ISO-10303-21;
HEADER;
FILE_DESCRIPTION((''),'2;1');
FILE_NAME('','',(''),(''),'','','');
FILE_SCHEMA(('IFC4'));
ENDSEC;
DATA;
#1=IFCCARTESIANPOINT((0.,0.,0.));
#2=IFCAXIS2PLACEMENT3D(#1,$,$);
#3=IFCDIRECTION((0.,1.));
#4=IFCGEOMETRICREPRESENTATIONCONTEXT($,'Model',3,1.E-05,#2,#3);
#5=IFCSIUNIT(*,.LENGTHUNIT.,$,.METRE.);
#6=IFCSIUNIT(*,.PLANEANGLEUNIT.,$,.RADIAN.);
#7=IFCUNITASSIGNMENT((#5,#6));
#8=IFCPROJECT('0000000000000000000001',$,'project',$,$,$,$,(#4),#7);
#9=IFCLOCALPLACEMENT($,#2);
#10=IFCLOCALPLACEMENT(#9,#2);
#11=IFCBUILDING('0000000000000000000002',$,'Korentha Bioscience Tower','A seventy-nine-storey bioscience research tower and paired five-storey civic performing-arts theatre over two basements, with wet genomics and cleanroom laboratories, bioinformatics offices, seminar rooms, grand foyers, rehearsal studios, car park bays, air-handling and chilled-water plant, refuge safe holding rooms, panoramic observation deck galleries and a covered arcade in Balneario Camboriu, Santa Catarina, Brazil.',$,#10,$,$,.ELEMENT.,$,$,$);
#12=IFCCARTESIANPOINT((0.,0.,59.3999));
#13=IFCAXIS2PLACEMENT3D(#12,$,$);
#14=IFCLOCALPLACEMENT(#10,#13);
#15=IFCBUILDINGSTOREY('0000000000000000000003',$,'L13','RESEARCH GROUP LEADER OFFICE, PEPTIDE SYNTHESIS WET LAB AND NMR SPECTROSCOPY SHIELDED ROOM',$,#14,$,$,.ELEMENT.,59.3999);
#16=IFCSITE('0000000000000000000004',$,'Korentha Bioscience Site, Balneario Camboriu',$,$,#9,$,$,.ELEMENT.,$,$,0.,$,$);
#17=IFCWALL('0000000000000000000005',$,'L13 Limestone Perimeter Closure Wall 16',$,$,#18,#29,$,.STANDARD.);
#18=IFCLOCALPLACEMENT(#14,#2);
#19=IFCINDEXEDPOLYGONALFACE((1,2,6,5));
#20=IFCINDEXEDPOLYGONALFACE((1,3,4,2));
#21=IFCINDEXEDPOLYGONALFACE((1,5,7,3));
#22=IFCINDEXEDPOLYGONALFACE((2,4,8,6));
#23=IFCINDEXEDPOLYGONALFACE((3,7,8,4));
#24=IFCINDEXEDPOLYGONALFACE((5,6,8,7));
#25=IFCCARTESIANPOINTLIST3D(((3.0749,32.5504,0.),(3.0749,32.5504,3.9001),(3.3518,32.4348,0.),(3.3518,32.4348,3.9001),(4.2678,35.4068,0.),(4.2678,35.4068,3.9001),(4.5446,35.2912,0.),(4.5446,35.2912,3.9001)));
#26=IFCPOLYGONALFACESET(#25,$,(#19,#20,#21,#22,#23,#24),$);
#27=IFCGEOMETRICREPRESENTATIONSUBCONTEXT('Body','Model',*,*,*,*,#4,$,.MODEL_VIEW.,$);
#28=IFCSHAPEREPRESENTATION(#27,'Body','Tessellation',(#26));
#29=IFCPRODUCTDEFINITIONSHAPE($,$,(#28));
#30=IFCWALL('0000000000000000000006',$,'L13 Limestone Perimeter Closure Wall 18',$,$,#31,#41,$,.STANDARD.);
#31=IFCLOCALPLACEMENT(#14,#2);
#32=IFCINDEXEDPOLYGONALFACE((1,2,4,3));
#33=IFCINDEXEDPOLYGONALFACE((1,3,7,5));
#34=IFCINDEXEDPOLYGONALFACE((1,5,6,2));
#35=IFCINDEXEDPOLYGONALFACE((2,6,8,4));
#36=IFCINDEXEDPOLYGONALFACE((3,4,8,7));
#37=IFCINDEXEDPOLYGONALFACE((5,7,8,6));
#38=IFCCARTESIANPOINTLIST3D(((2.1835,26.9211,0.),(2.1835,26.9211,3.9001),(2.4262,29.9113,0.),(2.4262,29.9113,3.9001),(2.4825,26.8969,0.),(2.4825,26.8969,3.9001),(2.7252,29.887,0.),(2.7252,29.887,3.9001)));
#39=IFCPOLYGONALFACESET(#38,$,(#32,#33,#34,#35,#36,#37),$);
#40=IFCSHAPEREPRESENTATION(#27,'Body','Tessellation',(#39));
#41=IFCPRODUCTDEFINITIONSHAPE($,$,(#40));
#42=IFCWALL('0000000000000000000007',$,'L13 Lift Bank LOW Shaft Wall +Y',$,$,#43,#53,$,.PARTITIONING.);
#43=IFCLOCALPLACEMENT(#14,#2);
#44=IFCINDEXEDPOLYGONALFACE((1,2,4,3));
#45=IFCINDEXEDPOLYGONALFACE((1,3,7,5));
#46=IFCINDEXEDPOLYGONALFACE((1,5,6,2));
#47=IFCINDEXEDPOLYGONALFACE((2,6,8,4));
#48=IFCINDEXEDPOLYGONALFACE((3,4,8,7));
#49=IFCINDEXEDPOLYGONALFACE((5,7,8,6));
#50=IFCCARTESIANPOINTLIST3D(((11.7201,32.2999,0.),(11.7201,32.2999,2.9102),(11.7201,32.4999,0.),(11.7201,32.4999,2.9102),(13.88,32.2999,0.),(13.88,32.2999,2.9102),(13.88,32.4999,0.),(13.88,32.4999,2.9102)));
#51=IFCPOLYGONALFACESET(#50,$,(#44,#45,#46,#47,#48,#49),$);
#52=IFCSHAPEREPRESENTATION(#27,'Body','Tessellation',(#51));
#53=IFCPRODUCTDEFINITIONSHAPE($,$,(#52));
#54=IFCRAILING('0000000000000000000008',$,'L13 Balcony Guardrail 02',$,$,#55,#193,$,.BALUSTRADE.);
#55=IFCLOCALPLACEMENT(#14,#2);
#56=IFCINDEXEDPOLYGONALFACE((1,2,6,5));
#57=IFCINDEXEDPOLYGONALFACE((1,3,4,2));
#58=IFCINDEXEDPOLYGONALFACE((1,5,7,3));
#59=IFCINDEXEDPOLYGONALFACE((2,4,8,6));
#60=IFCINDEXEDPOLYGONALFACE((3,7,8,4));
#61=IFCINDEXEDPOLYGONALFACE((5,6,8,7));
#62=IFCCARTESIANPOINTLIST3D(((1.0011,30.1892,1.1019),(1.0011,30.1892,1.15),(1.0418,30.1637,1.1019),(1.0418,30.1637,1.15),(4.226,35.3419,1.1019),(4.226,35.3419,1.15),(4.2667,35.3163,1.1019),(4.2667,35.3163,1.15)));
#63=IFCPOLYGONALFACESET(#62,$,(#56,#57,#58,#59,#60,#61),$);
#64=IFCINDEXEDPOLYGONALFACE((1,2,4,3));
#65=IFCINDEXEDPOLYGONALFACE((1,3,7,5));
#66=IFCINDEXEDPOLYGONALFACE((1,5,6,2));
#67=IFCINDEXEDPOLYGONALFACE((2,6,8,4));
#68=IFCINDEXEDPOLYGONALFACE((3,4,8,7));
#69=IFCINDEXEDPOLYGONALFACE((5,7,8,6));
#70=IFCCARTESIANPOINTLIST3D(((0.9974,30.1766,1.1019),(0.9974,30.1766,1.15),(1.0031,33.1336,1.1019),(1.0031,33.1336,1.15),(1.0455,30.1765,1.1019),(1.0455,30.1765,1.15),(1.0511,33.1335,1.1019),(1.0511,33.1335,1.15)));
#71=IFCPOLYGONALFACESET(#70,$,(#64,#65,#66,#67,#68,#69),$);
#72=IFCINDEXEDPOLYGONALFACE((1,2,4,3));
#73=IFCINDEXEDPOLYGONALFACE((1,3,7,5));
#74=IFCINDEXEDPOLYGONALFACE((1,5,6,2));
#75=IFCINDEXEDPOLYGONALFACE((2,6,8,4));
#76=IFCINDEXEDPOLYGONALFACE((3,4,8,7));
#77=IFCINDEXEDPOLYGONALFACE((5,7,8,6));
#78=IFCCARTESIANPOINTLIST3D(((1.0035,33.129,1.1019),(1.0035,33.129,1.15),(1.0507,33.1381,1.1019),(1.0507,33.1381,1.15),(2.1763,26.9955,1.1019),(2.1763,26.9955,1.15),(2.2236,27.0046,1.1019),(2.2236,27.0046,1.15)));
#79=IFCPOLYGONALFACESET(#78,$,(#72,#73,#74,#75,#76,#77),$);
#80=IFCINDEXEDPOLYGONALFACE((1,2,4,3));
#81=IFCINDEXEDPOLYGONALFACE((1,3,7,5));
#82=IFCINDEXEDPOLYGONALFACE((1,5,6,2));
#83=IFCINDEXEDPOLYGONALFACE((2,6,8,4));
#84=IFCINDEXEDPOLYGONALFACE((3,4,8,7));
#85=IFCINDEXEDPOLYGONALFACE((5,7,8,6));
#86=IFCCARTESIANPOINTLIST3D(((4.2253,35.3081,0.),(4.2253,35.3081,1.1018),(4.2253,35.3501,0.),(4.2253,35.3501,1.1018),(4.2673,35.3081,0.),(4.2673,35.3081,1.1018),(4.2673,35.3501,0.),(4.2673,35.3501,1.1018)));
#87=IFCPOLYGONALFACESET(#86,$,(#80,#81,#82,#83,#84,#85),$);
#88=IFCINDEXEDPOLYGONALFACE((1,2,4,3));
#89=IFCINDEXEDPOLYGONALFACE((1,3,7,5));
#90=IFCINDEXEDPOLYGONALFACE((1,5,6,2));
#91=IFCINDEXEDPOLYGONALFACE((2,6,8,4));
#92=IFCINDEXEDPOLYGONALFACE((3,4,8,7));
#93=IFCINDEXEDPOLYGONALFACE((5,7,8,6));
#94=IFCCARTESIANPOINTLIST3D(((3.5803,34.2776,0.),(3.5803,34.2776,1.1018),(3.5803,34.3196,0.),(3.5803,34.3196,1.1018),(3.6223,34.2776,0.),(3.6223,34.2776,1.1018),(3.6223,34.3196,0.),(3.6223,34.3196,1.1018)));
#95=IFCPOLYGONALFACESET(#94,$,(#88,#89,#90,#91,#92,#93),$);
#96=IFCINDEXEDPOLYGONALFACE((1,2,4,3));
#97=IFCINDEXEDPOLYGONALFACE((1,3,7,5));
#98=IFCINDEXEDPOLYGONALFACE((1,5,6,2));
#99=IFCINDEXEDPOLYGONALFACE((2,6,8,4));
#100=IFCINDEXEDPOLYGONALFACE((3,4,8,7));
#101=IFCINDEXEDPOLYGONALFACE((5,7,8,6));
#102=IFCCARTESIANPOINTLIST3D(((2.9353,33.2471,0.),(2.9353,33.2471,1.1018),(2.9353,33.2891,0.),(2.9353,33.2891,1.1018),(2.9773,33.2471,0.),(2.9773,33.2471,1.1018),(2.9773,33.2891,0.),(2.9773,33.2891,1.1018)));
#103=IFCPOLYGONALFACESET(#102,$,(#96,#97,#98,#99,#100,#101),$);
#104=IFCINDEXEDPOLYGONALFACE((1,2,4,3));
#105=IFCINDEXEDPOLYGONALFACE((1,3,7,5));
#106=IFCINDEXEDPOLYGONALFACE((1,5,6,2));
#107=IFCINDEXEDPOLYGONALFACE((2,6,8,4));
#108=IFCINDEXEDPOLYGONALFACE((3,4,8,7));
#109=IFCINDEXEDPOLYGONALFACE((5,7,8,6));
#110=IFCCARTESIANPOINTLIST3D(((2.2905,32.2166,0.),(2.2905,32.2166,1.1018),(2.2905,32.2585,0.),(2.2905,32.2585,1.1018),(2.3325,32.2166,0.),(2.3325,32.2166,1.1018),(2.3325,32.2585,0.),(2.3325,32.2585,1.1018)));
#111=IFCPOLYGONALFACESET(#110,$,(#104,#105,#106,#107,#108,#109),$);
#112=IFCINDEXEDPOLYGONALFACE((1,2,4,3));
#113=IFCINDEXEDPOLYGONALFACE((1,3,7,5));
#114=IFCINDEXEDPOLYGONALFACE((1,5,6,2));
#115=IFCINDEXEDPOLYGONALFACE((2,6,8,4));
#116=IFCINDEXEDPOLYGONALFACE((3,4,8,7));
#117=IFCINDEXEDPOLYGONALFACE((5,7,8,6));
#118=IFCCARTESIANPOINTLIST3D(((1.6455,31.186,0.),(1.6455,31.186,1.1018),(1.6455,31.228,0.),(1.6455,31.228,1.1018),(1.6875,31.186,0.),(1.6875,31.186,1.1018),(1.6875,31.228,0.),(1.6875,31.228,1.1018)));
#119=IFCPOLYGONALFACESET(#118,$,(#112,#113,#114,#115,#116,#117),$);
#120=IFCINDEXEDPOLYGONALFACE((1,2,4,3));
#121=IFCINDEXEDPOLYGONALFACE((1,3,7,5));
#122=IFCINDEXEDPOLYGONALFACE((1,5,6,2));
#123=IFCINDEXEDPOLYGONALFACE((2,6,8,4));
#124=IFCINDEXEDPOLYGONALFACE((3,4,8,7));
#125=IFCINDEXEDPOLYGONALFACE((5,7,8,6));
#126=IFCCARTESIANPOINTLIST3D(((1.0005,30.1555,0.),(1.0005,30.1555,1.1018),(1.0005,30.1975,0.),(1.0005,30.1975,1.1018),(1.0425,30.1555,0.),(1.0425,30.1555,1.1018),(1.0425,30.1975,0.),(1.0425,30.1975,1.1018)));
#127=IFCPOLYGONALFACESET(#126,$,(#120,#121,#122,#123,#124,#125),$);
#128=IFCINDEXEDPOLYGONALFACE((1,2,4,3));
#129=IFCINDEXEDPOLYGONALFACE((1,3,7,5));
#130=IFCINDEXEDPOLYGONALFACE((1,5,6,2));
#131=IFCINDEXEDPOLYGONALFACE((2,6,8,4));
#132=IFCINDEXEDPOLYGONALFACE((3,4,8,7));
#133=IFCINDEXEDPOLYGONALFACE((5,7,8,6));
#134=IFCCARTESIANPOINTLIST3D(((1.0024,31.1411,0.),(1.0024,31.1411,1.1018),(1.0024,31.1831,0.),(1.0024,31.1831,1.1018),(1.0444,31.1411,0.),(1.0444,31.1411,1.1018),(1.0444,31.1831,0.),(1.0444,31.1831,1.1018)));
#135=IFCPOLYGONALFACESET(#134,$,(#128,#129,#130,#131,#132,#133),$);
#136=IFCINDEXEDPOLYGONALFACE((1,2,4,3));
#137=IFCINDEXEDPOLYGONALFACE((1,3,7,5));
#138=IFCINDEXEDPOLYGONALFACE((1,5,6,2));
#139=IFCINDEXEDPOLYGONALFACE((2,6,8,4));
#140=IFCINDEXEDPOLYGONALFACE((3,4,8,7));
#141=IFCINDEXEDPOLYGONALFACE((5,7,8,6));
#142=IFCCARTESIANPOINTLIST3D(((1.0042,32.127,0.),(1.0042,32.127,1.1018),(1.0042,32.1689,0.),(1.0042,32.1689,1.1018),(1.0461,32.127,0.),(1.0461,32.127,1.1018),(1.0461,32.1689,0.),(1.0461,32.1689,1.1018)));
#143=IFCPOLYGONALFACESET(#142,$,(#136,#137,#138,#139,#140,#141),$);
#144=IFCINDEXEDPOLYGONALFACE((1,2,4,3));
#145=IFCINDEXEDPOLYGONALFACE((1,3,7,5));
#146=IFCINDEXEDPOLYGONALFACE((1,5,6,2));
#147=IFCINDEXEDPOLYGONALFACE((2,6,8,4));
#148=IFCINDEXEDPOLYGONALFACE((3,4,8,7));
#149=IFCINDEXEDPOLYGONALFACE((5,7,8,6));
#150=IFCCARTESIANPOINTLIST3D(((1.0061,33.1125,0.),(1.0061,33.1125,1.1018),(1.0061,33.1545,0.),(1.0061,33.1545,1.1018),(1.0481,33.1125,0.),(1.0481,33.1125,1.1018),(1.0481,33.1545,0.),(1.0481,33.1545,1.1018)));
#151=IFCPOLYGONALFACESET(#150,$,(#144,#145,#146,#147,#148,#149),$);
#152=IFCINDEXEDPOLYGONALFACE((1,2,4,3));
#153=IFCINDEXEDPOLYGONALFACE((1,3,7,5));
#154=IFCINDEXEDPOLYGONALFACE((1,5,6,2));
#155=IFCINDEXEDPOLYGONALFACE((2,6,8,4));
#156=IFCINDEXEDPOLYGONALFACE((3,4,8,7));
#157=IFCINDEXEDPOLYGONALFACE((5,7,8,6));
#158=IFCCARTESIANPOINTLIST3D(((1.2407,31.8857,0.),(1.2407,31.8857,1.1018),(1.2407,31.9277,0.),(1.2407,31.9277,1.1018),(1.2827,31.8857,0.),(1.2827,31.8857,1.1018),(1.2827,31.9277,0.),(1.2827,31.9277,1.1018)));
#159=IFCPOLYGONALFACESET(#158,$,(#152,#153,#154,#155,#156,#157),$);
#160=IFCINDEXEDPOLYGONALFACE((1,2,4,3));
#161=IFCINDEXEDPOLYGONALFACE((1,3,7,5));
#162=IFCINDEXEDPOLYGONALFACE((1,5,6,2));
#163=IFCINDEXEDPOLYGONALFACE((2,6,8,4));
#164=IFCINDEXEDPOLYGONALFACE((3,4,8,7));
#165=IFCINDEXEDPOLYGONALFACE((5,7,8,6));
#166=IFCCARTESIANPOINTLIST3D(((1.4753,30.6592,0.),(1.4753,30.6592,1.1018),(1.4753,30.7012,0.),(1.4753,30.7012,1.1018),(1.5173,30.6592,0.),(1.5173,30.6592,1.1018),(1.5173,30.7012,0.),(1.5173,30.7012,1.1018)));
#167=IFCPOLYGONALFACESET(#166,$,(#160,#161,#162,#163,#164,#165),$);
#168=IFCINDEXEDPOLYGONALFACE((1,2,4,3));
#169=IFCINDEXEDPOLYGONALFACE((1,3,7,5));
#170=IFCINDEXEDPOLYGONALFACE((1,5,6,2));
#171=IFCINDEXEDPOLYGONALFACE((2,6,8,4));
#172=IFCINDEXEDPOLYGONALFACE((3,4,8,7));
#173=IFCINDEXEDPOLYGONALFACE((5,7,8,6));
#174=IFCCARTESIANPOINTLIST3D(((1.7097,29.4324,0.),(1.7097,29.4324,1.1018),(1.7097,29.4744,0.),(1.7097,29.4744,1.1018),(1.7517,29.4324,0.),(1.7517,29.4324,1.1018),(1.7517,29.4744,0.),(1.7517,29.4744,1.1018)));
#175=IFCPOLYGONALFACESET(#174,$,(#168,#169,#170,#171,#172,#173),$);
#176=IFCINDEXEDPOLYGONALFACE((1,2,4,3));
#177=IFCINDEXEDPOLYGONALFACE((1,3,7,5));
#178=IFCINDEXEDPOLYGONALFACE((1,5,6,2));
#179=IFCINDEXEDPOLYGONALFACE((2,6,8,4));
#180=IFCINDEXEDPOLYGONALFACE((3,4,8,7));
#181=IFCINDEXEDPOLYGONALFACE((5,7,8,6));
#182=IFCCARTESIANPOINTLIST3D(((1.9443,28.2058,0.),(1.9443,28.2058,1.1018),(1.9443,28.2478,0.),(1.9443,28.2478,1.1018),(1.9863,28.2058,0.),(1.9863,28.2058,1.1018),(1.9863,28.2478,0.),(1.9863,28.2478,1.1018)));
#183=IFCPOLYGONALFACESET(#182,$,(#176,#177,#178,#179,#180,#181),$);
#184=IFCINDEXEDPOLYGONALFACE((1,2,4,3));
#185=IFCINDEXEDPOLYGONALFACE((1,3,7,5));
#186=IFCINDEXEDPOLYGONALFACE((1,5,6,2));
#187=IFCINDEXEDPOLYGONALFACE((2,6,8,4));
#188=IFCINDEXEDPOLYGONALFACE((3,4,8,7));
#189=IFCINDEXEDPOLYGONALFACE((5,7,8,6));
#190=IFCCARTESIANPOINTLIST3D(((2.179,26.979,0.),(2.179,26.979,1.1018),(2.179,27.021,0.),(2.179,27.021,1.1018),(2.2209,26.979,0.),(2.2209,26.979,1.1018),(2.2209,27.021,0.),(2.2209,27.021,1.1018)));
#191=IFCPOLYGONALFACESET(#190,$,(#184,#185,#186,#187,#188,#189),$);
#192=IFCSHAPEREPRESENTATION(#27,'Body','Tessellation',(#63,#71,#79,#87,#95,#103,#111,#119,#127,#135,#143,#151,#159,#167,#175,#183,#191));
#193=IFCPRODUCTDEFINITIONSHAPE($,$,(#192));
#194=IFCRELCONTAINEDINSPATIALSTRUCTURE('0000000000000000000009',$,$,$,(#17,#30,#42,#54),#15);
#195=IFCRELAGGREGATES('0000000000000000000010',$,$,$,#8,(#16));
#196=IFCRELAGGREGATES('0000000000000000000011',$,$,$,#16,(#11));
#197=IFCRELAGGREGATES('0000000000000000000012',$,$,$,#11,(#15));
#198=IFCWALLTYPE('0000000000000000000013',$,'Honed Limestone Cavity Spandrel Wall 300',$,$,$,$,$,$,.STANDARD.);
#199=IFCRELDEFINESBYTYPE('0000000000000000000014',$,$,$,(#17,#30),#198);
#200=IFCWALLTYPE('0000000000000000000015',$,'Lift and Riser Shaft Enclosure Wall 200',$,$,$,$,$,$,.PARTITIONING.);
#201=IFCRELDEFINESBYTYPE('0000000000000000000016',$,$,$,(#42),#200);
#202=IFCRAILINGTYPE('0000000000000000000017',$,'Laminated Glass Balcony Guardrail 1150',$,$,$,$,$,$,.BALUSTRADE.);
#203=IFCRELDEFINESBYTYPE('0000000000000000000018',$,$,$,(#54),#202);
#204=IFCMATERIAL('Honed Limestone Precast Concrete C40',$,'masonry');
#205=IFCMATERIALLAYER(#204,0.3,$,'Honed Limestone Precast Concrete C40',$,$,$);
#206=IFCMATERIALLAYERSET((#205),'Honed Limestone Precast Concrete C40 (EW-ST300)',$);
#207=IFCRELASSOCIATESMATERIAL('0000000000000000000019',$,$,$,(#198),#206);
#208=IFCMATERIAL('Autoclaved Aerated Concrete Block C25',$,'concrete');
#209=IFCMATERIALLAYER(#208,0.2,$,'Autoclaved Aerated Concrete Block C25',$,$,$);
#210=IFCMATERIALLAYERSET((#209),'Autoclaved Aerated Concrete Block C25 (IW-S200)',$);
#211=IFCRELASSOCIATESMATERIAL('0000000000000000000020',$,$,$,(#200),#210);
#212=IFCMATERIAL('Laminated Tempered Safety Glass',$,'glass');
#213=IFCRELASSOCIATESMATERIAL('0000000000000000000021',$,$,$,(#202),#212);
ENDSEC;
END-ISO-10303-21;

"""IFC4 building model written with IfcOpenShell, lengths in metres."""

from ifc_helpers import new_model, si_unit, direction, frame, frame_2d, origin, origin_2d, place, context, subcontext, project, spatial, rectangle, extrude, material, layer, layer_set, type_object, element, save


model = new_model("IFC4")

# Units and contexts
model_context = context("Model", 3, precision=1e-05, world=origin(), true_north=direction((0.0, 1.0)))
body_context = subcontext(model_context, "Body", "Model", "MODEL_VIEW")
ifc_project = project(units=[si_unit("LENGTHUNIT", "METRE"), si_unit("PLANEANGLEUNIT", "RADIAN")], contexts=[model_context])

# Site, building, storey
site_placement = place(None, origin())
site = spatial("IfcSite", under=ifc_project, at=site_placement, Name="Korentha Bioscience Site, Balneario Camboriu", CompositionType="ELEMENT", RefElevation=0.0)
building_placement = place(site_placement, origin())
building = spatial("IfcBuilding", under=site, at=building_placement, Name="Korentha Bioscience Tower", Description="A seventy-nine-storey bioscience research tower and paired five-storey civic performing-arts theatre over two basements, with wet genomics and cleanroom laboratories, bioinformatics offices, seminar rooms, grand foyers, rehearsal studios, car park bays, air-handling and chilled-water plant, refuge safe holding rooms, panoramic observation deck galleries and a covered arcade in Balneario Camboriu, Santa Catarina, Brazil.", CompositionType="ELEMENT")
storey_placement = place(building_placement, frame((0.0, 0.0, 59.3999)))
storey = spatial("IfcBuildingStorey", under=building, at=storey_placement, Name="L13", Description="RESEARCH GROUP LEADER OFFICE, PEPTIDE SYNTHESIS WET LAB AND NMR SPECTROSCOPY SHIELDED ROOM", CompositionType="ELEMENT", Elevation=59.3999)

# Shared definitions
ifc_material_1 = material(Name="Honed Limestone Precast Concrete C40", Category="masonry")
ifc_layer_1 = layer(ifc_material_1, 0.3, Name="Honed Limestone Precast Concrete C40")
ifc_layer_set_1 = layer_set([ifc_layer_1], Name="Honed Limestone Precast Concrete C40 (EW-ST300)")
wall_type_1 = type_object("IfcWallType", Name="Honed Limestone Cavity Spandrel Wall 300", PredefinedType="STANDARD", material=ifc_layer_set_1)

# Walls
wall_1_placement = place(storey_placement, frame((4.4062, 35.3491, 0.0), z_axis=(0.0, 0.0, 1.0), x_axis=(-0.385354, -0.922769, 0.0)))
element("IfcWall", 1, at=wall_1_placement, inside=storey, type_object=wall_type_1, Name="L13 Limestone Perimeter Closure Wall 16", PredefinedType="STANDARD", context=body_context, shape_type="SweptSolid", body=[
    extrude(rectangle(XDim=3.0955, YDim=0.3, at=frame_2d((1.5479, 0.0))), origin(), (0.0, 0.0, 1.0), 3.9001),
])
wall_2_placement = place(storey_placement, frame((2.5757, 29.8992, 0.0), z_axis=(0.0, 0.0, 1.0), x_axis=(-0.08089, -0.996723, 0.0)))
element("IfcWall", 2, at=wall_2_placement, inside=storey, type_object=wall_type_1, Name="L13 Limestone Perimeter Closure Wall 18", PredefinedType="STANDARD", context=body_context, shape_type="SweptSolid", body=[
    extrude(rectangle(XDim=3.0, YDim=0.3, at=frame_2d((1.5, 0.0))), origin(), (0.0, 0.0, 1.0), 3.9001),
])
ifc_material_2 = material(Name="Autoclaved Aerated Concrete Block C25", Category="concrete")
ifc_layer_2 = layer(ifc_material_2, 0.2, Name="Autoclaved Aerated Concrete Block C25")
ifc_layer_set_2 = layer_set([ifc_layer_2], Name="Autoclaved Aerated Concrete Block C25 (IW-S200)")
wall_type_2 = type_object("IfcWallType", Name="Lift and Riser Shaft Enclosure Wall 200", PredefinedType="PARTITIONING", material=ifc_layer_set_2)
wall_3_placement = place(storey_placement, frame((11.72, 32.3999, 0.0), z_axis=(0.0, 0.0, 1.0), x_axis=(1.0, 0.0, 0.0)))
element("IfcWall", 3, at=wall_3_placement, inside=storey, type_object=wall_type_2, Name="L13 Lift Bank LOW Shaft Wall +Y", PredefinedType="PARTITIONING", context=body_context, shape_type="SweptSolid", body=[
    extrude(rectangle(XDim=2.1599, YDim=0.2, at=frame_2d((1.0801, 0.0))), origin(), (0.0, 0.0, 1.0), 2.9102),
])

# Railing
ifc_material_3 = material(Name="Laminated Tempered Safety Glass", Category="glass")
railing_type = type_object("IfcRailingType", Name="Laminated Glass Balcony Guardrail 1150", PredefinedType="BALUSTRADE", material=ifc_material_3)
railing_placement = place(storey_placement, frame((4.2463, 35.3291, 0.0)))
element("IfcRailing", 4, at=railing_placement, inside=storey, type_object=railing_type, Name="L13 Balcony Guardrail 02", PredefinedType="BALUSTRADE", context=body_context, shape_type="SweptSolid", body=[
    extrude(rectangle(XDim=0.0481, YDim=0.0481, at=origin_2d()), frame((0.0, 0.0, 1.126), z_axis=(-0.53053, -0.847666, 0.0), x_axis=(0.847666, -0.53053, 0.0)), (0.0, 0.0, 1.0), 6.0786),
    extrude(rectangle(XDim=0.0481, YDim=0.0481, at=origin_2d()), frame((-3.2249, -5.1526, 1.126), z_axis=(0.001899, 0.999998, 0.0), x_axis=(-0.999998, 0.001899, 0.0)), (0.0, 0.0, 1.0), 2.957),
    extrude(rectangle(XDim=0.0481, YDim=0.0481, at=origin_2d()), frame((-3.2192, -2.1956, 1.126), z_axis=(0.187816, -0.982204, 0.0), x_axis=(0.982204, 0.187816, 0.0)), (0.0, 0.0, 1.0), 6.2446),
    extrude(rectangle(XDim=0.042, YDim=0.042, at=origin_2d()), origin(), (0.0, 0.0, 1.0), 1.1018),
    extrude(rectangle(XDim=0.042, YDim=0.042, at=origin_2d()), frame((-0.645, -1.0305, 0.0)), (0.0, 0.0, 1.0), 1.1018),
    extrude(rectangle(XDim=0.042, YDim=0.042, at=origin_2d()), frame((-1.29, -2.061, 0.0)), (0.0, 0.0, 1.0), 1.1018),
    extrude(rectangle(XDim=0.042, YDim=0.042, at=origin_2d()), frame((-1.9348, -3.0916, 0.0)), (0.0, 0.0, 1.0), 1.1018),
    extrude(rectangle(XDim=0.042, YDim=0.042, at=origin_2d()), frame((-2.5798, -4.1221, 0.0)), (0.0, 0.0, 1.0), 1.1018),
    extrude(rectangle(XDim=0.042, YDim=0.042, at=origin_2d()), frame((-3.2249, -5.1526, 0.0)), (0.0, 0.0, 1.0), 1.1018),
    extrude(rectangle(XDim=0.042, YDim=0.042, at=origin_2d()), frame((-3.2229, -4.167, 0.0)), (0.0, 0.0, 1.0), 1.1018),
    extrude(rectangle(XDim=0.042, YDim=0.042, at=origin_2d()), frame((-3.2212, -3.1812, 0.0)), (0.0, 0.0, 1.0), 1.1018),
    extrude(rectangle(XDim=0.042, YDim=0.042, at=origin_2d()), frame((-3.2192, -2.1956, 0.0)), (0.0, 0.0, 1.0), 1.1018),
    extrude(rectangle(XDim=0.042, YDim=0.042, at=origin_2d()), frame((-2.9846, -3.4224, 0.0)), (0.0, 0.0, 1.0), 1.1018),
    extrude(rectangle(XDim=0.042, YDim=0.042, at=origin_2d()), frame((-2.75, -4.6489, 0.0)), (0.0, 0.0, 1.0), 1.1018),
    extrude(rectangle(XDim=0.042, YDim=0.042, at=origin_2d()), frame((-2.5156, -5.8757, 0.0)), (0.0, 0.0, 1.0), 1.1018),
    extrude(rectangle(XDim=0.042, YDim=0.042, at=origin_2d()), frame((-2.281, -7.1023, 0.0)), (0.0, 0.0, 1.0), 1.1018),
    extrude(rectangle(XDim=0.042, YDim=0.042, at=origin_2d()), frame((-2.0464, -8.3291, 0.0)), (0.0, 0.0, 1.0), 1.1018),
])

save(model, "model.ifc")
